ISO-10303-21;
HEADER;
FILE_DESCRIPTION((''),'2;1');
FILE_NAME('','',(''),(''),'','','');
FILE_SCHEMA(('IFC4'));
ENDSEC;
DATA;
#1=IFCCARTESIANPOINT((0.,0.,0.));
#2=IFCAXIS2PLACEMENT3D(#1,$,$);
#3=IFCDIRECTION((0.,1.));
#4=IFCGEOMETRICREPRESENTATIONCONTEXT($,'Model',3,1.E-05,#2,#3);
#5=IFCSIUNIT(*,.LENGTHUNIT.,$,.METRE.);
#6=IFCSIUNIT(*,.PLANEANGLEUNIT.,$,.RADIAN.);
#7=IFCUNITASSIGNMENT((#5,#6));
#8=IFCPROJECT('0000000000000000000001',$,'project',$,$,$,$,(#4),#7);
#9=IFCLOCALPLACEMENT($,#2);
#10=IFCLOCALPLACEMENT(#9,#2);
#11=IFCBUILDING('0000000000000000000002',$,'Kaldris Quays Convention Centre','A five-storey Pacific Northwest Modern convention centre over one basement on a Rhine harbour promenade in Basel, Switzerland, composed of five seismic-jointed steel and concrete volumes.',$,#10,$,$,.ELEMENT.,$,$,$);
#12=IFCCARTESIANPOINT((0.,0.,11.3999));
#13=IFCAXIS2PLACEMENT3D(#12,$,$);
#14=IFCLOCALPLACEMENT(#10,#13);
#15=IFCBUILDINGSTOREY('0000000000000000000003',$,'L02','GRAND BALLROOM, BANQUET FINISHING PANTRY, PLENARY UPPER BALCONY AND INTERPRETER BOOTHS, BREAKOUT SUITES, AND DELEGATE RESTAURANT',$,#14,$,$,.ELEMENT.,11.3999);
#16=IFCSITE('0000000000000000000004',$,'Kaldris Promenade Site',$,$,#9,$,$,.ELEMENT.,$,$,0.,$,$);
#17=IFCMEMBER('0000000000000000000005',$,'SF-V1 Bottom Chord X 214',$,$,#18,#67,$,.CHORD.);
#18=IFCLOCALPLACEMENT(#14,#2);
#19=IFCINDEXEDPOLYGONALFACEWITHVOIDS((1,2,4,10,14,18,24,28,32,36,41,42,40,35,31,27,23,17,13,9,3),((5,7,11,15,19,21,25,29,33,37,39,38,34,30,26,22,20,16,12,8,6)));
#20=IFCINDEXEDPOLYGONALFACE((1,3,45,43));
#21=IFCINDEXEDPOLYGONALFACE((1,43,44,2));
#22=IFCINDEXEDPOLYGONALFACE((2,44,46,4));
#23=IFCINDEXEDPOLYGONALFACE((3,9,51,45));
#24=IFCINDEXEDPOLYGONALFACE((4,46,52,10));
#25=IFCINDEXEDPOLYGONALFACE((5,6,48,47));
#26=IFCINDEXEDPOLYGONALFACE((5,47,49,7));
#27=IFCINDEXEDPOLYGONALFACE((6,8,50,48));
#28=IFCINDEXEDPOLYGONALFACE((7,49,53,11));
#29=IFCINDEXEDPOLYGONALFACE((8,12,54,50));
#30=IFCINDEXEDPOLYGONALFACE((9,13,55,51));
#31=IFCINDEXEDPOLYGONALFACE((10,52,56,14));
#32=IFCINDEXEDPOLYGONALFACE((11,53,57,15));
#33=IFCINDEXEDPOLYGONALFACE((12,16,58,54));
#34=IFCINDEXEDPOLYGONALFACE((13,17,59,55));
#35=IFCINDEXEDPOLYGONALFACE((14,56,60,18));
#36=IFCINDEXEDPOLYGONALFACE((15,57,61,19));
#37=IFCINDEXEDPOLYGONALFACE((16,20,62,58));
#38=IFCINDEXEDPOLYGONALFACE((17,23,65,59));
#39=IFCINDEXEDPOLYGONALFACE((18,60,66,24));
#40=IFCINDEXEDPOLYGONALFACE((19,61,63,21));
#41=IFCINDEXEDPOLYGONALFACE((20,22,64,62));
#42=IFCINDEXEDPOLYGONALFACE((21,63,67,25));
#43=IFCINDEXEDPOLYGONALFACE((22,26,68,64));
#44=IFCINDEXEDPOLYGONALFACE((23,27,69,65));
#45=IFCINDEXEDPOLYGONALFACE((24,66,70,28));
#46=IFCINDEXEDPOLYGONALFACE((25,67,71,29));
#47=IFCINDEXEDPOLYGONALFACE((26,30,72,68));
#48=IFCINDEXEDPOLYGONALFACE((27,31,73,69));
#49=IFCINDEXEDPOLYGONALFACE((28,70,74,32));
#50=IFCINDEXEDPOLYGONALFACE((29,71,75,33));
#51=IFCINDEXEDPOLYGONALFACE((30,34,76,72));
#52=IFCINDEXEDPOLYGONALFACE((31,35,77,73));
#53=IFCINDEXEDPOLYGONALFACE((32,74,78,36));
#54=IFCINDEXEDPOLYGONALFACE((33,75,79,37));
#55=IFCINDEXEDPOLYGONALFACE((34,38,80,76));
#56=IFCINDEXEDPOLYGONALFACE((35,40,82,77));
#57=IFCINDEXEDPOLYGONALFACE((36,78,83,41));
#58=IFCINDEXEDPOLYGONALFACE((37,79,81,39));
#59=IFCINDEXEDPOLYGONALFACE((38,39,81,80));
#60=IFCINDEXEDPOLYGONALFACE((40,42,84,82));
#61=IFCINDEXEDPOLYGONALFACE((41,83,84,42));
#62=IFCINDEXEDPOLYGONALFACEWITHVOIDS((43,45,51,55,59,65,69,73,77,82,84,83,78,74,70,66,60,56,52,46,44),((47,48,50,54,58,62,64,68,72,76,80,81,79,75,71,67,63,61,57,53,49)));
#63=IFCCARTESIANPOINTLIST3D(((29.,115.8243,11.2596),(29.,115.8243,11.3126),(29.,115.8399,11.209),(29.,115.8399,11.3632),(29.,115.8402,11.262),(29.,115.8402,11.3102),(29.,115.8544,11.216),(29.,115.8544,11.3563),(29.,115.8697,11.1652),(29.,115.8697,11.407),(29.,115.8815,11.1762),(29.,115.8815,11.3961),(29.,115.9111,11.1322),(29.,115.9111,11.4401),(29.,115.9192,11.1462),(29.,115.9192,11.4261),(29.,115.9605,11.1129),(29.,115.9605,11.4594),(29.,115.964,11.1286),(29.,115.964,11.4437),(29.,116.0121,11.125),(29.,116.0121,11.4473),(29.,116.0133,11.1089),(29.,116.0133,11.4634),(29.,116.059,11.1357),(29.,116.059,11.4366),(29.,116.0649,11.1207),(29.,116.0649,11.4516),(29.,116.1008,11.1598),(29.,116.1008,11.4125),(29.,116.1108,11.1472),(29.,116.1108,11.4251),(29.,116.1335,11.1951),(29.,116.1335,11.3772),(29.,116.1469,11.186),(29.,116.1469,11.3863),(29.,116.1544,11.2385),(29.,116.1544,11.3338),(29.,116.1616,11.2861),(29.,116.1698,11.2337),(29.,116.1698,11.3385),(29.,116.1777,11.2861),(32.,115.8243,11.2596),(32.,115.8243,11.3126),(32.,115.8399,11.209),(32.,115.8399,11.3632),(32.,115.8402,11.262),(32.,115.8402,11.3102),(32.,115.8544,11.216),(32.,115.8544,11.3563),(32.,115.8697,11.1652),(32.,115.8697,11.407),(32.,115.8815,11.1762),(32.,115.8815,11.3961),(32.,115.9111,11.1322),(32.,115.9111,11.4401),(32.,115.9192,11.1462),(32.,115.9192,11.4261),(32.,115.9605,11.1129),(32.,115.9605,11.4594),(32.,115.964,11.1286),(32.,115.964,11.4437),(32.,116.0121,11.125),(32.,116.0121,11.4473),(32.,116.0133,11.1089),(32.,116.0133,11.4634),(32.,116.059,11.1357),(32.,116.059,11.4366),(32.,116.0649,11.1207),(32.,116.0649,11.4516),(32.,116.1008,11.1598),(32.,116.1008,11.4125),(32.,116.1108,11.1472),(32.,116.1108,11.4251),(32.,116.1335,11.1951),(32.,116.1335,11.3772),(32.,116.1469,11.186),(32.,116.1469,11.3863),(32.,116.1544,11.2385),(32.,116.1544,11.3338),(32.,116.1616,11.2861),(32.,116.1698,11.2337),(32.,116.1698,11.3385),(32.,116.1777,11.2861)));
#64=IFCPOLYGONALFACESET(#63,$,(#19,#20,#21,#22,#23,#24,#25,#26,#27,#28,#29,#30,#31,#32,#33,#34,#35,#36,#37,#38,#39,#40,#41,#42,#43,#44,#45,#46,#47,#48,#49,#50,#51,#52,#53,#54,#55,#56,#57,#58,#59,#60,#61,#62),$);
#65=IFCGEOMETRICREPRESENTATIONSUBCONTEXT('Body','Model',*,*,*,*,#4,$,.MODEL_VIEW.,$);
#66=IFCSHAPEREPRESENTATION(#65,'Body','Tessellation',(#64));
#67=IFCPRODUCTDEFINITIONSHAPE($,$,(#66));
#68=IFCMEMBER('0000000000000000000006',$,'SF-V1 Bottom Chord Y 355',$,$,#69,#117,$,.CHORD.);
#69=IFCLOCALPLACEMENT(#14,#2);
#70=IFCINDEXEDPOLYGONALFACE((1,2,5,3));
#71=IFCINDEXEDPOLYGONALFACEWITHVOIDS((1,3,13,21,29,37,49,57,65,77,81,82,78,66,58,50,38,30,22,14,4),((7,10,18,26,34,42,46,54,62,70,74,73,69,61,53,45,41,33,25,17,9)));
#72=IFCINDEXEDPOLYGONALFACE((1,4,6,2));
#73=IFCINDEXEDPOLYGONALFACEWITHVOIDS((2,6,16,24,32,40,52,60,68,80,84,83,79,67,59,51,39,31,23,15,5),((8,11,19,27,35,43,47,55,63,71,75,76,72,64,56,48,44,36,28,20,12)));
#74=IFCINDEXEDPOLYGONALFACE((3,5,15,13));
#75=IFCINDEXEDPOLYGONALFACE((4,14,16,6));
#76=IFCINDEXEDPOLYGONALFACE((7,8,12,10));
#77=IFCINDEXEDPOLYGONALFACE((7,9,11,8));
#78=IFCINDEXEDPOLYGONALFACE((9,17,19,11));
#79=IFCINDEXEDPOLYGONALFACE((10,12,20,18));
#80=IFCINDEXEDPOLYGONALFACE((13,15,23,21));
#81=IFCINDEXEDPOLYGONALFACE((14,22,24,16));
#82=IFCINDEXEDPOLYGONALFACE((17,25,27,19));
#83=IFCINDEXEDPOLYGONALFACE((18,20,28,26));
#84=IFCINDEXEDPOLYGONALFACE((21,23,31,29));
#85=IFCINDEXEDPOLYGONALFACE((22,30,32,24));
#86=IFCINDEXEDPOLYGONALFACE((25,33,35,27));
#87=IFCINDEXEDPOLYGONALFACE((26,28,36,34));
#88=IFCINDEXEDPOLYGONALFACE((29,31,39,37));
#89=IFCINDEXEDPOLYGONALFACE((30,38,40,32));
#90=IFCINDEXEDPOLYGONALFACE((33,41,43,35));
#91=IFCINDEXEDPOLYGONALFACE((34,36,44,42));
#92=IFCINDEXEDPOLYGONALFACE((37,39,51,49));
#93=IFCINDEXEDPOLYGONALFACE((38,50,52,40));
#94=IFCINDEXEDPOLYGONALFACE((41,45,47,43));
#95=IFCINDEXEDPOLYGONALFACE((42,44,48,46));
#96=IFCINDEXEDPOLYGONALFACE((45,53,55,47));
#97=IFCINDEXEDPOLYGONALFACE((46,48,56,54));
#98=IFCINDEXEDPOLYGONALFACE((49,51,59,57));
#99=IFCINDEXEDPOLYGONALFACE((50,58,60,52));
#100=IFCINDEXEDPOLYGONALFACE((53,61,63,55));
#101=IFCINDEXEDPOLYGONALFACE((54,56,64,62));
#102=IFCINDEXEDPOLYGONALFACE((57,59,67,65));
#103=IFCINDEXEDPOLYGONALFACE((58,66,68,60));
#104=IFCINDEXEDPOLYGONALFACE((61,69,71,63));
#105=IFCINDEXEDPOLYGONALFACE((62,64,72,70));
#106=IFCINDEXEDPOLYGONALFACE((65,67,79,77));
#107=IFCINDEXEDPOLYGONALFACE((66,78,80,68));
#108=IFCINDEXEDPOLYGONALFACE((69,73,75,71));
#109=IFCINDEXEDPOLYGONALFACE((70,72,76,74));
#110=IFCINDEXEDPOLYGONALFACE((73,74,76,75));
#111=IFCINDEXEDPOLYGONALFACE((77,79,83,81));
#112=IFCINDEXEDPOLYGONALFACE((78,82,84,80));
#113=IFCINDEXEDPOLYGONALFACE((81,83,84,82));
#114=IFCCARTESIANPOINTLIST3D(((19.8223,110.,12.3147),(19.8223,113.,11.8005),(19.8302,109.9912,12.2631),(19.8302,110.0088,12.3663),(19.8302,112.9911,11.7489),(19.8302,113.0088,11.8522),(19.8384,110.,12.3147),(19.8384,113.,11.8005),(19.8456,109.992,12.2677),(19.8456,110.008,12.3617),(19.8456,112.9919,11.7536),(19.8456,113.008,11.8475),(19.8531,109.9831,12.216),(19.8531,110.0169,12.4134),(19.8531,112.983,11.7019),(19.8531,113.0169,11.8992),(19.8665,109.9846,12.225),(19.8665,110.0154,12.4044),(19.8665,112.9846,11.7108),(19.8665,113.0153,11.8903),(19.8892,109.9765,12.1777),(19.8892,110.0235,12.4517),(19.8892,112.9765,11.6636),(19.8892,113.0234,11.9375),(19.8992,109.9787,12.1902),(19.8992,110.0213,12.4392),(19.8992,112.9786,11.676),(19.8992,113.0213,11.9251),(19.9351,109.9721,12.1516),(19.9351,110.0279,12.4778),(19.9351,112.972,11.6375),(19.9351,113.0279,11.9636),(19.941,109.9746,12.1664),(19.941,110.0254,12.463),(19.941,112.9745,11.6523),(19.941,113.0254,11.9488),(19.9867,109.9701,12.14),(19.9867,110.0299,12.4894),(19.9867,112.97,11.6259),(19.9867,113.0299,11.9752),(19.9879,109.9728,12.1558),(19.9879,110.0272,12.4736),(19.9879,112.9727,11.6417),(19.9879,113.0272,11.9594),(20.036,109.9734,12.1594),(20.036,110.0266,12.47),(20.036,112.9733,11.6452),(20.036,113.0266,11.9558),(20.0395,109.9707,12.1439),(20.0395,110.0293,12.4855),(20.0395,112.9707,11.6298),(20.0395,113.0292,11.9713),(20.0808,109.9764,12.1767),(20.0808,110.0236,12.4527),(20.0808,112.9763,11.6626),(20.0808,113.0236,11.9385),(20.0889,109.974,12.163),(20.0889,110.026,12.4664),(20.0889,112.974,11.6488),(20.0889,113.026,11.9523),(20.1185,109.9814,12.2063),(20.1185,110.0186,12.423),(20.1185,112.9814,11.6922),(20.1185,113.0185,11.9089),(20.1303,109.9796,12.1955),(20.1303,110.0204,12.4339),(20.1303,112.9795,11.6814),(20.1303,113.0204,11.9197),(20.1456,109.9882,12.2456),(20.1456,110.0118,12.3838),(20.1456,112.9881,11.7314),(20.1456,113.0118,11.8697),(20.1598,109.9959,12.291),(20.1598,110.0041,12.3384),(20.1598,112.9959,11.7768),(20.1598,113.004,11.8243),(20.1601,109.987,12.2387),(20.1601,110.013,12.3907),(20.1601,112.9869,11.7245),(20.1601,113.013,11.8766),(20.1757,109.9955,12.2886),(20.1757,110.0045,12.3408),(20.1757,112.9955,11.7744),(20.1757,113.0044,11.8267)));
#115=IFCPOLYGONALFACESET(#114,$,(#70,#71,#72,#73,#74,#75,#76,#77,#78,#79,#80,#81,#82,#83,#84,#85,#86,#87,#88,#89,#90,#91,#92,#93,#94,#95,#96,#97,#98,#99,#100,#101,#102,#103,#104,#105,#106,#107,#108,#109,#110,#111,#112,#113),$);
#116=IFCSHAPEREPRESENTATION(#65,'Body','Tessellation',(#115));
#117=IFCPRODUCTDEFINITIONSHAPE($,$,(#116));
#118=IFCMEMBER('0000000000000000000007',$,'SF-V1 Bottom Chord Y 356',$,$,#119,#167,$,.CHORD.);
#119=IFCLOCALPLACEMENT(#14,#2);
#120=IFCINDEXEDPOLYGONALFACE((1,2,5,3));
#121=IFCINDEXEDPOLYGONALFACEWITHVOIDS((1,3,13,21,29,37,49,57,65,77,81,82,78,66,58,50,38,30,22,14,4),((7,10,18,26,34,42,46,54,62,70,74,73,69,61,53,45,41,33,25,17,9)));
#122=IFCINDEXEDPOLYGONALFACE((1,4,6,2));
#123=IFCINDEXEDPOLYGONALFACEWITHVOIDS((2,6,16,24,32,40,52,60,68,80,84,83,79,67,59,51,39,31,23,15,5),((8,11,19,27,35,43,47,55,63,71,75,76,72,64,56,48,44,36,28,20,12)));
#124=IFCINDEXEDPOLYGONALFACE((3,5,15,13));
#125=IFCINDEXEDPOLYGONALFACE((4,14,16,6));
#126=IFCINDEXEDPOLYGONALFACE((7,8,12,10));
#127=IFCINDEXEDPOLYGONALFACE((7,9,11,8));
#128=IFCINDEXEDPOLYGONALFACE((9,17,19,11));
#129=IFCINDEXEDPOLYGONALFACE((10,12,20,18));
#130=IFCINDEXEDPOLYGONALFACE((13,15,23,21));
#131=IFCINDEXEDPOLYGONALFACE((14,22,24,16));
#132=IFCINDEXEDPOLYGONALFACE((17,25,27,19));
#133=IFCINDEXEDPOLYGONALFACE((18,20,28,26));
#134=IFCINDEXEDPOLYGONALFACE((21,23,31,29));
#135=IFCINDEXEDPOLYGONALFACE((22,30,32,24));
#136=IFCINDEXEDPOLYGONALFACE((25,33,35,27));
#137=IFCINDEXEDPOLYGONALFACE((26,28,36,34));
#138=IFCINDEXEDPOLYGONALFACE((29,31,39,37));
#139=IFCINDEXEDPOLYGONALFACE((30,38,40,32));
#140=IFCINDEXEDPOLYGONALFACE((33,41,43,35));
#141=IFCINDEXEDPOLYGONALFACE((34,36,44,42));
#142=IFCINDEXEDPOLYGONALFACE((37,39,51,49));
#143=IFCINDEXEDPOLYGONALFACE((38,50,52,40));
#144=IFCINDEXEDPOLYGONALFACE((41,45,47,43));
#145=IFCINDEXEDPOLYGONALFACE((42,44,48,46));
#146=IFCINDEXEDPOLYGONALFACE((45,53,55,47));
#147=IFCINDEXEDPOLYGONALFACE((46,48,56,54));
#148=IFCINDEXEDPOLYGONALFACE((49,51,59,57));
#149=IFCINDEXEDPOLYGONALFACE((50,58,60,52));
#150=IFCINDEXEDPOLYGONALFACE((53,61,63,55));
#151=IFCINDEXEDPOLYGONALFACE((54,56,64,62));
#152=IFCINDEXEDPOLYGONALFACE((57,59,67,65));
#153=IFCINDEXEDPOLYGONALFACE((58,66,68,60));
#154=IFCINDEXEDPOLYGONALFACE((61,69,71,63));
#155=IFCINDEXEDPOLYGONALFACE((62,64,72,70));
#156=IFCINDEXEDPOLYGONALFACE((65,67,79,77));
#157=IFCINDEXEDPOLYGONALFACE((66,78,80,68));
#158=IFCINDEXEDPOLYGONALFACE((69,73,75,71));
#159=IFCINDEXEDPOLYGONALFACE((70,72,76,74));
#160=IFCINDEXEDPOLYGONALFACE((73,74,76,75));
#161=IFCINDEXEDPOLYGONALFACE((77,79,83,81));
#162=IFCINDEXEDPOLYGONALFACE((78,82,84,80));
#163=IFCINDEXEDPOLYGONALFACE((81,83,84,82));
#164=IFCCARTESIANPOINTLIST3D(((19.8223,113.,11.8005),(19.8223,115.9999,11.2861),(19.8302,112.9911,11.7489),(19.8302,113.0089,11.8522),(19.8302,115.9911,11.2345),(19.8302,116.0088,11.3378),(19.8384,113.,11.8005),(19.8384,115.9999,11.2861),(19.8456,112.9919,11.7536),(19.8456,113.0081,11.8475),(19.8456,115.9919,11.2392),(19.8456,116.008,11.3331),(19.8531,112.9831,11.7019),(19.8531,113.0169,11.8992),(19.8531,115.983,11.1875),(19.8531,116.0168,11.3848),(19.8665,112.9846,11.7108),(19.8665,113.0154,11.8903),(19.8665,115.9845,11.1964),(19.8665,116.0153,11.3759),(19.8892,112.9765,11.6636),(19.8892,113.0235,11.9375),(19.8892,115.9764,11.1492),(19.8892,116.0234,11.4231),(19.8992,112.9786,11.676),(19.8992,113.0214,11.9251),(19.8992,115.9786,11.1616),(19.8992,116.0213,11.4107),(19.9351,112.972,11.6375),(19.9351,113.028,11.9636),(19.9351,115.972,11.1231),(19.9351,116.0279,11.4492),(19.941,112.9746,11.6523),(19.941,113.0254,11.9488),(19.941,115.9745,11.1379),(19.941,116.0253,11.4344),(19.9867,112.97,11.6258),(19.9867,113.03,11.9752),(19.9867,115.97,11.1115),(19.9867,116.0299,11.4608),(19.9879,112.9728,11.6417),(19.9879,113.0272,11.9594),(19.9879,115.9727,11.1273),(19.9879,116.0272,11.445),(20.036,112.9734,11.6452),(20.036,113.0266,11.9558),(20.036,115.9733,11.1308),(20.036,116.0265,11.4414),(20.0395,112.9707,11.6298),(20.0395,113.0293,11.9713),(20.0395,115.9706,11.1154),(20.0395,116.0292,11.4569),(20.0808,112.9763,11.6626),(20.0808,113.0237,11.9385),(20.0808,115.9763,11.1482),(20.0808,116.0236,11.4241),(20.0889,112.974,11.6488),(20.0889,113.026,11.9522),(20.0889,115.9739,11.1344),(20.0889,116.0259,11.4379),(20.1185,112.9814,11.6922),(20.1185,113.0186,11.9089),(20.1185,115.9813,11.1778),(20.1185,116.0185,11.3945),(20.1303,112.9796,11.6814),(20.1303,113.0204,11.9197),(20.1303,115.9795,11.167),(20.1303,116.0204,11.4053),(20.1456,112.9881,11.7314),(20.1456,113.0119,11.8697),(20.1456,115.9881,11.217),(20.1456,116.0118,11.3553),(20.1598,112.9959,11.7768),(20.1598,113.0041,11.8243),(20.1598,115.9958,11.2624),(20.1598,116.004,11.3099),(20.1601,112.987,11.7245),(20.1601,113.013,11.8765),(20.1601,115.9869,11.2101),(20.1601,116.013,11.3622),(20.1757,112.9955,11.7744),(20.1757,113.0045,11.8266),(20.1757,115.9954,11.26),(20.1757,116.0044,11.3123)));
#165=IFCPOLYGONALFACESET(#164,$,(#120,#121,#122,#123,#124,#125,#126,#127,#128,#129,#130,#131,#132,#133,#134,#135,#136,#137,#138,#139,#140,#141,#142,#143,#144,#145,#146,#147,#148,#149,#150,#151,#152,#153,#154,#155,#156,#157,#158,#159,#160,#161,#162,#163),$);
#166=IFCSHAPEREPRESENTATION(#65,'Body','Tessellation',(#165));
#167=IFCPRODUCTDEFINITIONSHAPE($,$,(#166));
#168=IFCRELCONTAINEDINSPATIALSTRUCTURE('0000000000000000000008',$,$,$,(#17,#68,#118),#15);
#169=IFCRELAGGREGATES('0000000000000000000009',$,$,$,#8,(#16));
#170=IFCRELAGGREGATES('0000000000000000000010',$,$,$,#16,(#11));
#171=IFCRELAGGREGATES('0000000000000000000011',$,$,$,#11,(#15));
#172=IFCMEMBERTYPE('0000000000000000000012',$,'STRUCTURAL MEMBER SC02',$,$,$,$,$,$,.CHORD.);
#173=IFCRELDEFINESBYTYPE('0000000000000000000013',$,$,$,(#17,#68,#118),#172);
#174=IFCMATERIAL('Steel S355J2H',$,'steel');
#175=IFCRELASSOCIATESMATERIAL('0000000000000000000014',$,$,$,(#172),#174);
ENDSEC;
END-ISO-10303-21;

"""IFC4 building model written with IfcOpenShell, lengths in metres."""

from ifc_helpers import new_model, si_unit, direction, frame, origin, origin_2d, place, context, subcontext, project, spatial, hollow_circle, extrude, material, material_profile, profile_set, type_object, element, save


model = new_model("IFC4")

# Units and contexts
model_context = context("Model", 3, precision=1e-05, world=origin(), true_north=direction((0.0, 1.0)))
body_context = subcontext(model_context, "Body", "Model", "MODEL_VIEW")
ifc_project = project(units=[si_unit("LENGTHUNIT", "METRE"), si_unit("PLANEANGLEUNIT", "RADIAN")], contexts=[model_context])

# Site, building, storey
site_placement = place(None, origin())
site = spatial("IfcSite", under=ifc_project, at=site_placement, Name="Kaldris Promenade Site", CompositionType="ELEMENT", RefElevation=0.0)
building_placement = place(site_placement, origin())
building = spatial("IfcBuilding", under=site, at=building_placement, Name="Kaldris Quays Convention Centre", Description="A five-storey Pacific Northwest Modern convention centre over one basement on a Rhine harbour promenade in Basel, Switzerland, composed of five seismic-jointed steel and concrete volumes.", CompositionType="ELEMENT")
storey_placement = place(building_placement, frame((0.0, 0.0, 11.3999)))
storey = spatial("IfcBuildingStorey", under=building, at=storey_placement, Name="L02", Description="GRAND BALLROOM, BANQUET FINISHING PANTRY, PLENARY UPPER BALCONY AND INTERPRETER BOOTHS, BREAKOUT SUITES, AND DELEGATE RESTAURANT", CompositionType="ELEMENT", Elevation=11.3999)

# Members
ifc_material_1 = material(Name="Steel S355J2H", Category="steel")
ifc_material_profile_1 = material_profile(ifc_material_1, hollow_circle(Radius=0.1777, WallThickness=0.0161, at=origin_2d()), Name="CHS 355.6x16")
ifc_profile_set_1 = profile_set([ifc_material_profile_1], Name="Steel S355J2H")
member_type_1 = type_object("IfcMemberType", Name="STRUCTURAL MEMBER SC02", PredefinedType="CHORD", material=ifc_profile_set_1)
for number, where, z_axis, x_axis, name in (
    (1, (29.0, 116.0, 11.2861), (1.0, 0.0, 0.0), (0.0, 1.0, 0.0), "SF-V1 Bottom Chord X 214"),
):
    element("IfcMember", number, at=place(storey_placement, frame(where, z_axis=z_axis, x_axis=x_axis)), inside=storey, type_object=member_type_1, Name=name, PredefinedType="CHORD", context=body_context, shape_type="SweptSolid", body=[
        extrude(hollow_circle(Radius=0.1777, WallThickness=0.0161, at=origin_2d()), origin(), (0.0, 0.0, 1.0), 3.0),
    ])
for number, where, z_axis, x_axis, name in (
    (2, (20.0, 110.0, 12.3147), (0.0, 0.985629, -0.168924), (-1.0, 0.0, 0.0), "SF-V1 Bottom Chord Y 355"),
    (3, (20.0, 113.0, 11.8005), (0.0, 0.985616, -0.169002), (-1.0, 0.0, 0.0), "SF-V1 Bottom Chord Y 356"),
):
    element("IfcMember", number, at=place(storey_placement, frame(where, z_axis=z_axis, x_axis=x_axis)), inside=storey, type_object=member_type_1, Name=name, PredefinedType="CHORD", context=body_context, shape_type="SweptSolid", body=[
        extrude(hollow_circle(Radius=0.1777, WallThickness=0.0161, at=origin_2d()), origin(), (0.0, 0.0, 1.0), 3.0437),
    ])

save(model, "model.ifc")
